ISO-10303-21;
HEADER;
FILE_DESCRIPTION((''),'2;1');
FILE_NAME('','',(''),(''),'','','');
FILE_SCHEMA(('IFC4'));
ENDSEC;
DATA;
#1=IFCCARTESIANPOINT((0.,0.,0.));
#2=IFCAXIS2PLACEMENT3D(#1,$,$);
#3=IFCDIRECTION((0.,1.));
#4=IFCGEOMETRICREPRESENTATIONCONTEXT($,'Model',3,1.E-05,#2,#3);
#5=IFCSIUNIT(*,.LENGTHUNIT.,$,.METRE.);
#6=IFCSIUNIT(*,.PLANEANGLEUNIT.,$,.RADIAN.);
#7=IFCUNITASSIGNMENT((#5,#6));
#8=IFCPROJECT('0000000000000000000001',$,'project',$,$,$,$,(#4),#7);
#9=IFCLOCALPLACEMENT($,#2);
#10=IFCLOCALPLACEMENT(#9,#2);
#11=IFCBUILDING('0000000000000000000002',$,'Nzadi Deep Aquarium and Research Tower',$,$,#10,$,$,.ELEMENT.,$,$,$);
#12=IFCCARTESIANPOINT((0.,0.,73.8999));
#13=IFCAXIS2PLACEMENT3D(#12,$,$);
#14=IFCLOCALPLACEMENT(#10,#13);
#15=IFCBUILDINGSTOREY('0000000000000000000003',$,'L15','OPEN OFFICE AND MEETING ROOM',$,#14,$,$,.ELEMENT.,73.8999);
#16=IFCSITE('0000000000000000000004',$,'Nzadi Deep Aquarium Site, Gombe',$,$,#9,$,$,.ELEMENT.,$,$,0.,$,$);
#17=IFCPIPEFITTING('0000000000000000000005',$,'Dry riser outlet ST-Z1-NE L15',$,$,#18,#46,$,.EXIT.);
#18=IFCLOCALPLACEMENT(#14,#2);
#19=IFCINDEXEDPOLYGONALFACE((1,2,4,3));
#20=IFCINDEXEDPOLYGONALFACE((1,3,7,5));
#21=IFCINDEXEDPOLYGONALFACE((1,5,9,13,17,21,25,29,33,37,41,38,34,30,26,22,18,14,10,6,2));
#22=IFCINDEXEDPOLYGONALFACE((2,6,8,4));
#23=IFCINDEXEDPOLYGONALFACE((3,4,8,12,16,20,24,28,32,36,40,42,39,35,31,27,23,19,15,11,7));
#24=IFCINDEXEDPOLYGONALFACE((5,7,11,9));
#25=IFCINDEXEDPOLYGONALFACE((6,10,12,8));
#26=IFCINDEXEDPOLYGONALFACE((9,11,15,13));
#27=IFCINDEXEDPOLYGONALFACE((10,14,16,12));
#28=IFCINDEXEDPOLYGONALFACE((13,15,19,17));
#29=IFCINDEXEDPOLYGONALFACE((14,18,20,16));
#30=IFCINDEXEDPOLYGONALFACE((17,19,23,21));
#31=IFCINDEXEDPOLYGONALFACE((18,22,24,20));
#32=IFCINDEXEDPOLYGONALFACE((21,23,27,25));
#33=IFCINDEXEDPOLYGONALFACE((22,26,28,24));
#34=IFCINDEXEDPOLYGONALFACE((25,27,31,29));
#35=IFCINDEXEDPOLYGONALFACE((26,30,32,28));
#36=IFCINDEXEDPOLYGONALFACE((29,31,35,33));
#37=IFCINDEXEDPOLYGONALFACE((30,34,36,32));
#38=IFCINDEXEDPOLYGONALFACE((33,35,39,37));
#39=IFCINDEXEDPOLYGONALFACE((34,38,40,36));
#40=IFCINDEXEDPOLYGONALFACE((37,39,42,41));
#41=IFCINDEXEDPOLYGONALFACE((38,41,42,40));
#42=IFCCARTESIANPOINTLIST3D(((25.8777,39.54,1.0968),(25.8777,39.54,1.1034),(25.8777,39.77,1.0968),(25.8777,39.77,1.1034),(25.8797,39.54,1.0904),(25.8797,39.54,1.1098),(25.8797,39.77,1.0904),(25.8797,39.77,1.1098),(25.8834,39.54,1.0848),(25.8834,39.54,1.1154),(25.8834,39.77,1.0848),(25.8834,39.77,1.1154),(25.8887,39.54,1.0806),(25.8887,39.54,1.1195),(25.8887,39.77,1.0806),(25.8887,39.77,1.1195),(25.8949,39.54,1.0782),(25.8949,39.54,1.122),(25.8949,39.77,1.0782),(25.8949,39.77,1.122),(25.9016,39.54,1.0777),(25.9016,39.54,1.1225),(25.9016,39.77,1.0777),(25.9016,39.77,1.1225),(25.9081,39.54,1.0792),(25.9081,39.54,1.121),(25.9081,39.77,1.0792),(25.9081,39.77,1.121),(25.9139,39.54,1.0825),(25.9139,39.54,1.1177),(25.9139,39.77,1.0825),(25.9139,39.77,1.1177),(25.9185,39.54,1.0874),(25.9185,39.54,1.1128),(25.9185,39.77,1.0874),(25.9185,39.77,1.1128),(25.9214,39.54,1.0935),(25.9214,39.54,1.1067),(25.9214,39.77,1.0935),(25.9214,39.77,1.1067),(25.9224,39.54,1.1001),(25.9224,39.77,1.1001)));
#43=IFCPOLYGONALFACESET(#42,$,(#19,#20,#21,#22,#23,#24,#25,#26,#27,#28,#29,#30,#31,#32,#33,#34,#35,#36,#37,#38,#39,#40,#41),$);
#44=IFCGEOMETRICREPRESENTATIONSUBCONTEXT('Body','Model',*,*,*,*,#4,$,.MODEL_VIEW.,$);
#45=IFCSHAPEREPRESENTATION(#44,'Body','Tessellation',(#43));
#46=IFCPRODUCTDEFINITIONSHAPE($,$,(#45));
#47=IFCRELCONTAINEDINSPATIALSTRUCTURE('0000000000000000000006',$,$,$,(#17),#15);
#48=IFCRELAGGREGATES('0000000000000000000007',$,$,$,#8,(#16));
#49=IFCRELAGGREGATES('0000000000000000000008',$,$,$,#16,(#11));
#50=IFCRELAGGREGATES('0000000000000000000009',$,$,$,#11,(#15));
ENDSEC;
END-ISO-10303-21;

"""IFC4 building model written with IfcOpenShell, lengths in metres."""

from ifc_helpers import new_model, si_unit, direction, frame, origin, origin_2d, place, context, subcontext, project, spatial, circle, extrude, element, save


model = new_model("IFC4")

# Units and contexts
model_context = context("Model", 3, precision=1e-05, world=origin(), true_north=direction((0.0, 1.0)))
body_context = subcontext(model_context, "Body", "Model", "MODEL_VIEW")
ifc_project = project(units=[si_unit("LENGTHUNIT", "METRE"), si_unit("PLANEANGLEUNIT", "RADIAN")], contexts=[model_context])

# Site, building, storey
site_placement = place(None, origin())
site = spatial("IfcSite", under=ifc_project, at=site_placement, Name="Nzadi Deep Aquarium Site, Gombe", CompositionType="ELEMENT", RefElevation=0.0)
building_placement = place(site_placement, origin())
building = spatial("IfcBuilding", under=site, at=building_placement, Name="Nzadi Deep Aquarium and Research Tower", CompositionType="ELEMENT")
storey_placement = place(building_placement, frame((0.0, 0.0, 73.8999)))
storey = spatial("IfcBuildingStorey", under=building, at=storey_placement, Name="L15", Description="OPEN OFFICE AND MEETING ROOM", CompositionType="ELEMENT", Elevation=73.8999)

# Pipe fitting
pipe_fitting_placement = place(storey_placement, frame((25.8999, 39.77, 1.1001), z_axis=(0.0, -1.0, 0.0), x_axis=(1.0, 0.0, 0.0)))
element("IfcPipeFitting", 1, at=pipe_fitting_placement, inside=storey, Name="Dry riser outlet ST-Z1-NE L15", PredefinedType="EXIT", context=body_context, shape_type="SweptSolid", body=[
    extrude(circle(Radius=0.0225, at=origin_2d()), origin(), (0.0, 0.0, 1.0), 0.23),
])

save(model, "model.ifc")
